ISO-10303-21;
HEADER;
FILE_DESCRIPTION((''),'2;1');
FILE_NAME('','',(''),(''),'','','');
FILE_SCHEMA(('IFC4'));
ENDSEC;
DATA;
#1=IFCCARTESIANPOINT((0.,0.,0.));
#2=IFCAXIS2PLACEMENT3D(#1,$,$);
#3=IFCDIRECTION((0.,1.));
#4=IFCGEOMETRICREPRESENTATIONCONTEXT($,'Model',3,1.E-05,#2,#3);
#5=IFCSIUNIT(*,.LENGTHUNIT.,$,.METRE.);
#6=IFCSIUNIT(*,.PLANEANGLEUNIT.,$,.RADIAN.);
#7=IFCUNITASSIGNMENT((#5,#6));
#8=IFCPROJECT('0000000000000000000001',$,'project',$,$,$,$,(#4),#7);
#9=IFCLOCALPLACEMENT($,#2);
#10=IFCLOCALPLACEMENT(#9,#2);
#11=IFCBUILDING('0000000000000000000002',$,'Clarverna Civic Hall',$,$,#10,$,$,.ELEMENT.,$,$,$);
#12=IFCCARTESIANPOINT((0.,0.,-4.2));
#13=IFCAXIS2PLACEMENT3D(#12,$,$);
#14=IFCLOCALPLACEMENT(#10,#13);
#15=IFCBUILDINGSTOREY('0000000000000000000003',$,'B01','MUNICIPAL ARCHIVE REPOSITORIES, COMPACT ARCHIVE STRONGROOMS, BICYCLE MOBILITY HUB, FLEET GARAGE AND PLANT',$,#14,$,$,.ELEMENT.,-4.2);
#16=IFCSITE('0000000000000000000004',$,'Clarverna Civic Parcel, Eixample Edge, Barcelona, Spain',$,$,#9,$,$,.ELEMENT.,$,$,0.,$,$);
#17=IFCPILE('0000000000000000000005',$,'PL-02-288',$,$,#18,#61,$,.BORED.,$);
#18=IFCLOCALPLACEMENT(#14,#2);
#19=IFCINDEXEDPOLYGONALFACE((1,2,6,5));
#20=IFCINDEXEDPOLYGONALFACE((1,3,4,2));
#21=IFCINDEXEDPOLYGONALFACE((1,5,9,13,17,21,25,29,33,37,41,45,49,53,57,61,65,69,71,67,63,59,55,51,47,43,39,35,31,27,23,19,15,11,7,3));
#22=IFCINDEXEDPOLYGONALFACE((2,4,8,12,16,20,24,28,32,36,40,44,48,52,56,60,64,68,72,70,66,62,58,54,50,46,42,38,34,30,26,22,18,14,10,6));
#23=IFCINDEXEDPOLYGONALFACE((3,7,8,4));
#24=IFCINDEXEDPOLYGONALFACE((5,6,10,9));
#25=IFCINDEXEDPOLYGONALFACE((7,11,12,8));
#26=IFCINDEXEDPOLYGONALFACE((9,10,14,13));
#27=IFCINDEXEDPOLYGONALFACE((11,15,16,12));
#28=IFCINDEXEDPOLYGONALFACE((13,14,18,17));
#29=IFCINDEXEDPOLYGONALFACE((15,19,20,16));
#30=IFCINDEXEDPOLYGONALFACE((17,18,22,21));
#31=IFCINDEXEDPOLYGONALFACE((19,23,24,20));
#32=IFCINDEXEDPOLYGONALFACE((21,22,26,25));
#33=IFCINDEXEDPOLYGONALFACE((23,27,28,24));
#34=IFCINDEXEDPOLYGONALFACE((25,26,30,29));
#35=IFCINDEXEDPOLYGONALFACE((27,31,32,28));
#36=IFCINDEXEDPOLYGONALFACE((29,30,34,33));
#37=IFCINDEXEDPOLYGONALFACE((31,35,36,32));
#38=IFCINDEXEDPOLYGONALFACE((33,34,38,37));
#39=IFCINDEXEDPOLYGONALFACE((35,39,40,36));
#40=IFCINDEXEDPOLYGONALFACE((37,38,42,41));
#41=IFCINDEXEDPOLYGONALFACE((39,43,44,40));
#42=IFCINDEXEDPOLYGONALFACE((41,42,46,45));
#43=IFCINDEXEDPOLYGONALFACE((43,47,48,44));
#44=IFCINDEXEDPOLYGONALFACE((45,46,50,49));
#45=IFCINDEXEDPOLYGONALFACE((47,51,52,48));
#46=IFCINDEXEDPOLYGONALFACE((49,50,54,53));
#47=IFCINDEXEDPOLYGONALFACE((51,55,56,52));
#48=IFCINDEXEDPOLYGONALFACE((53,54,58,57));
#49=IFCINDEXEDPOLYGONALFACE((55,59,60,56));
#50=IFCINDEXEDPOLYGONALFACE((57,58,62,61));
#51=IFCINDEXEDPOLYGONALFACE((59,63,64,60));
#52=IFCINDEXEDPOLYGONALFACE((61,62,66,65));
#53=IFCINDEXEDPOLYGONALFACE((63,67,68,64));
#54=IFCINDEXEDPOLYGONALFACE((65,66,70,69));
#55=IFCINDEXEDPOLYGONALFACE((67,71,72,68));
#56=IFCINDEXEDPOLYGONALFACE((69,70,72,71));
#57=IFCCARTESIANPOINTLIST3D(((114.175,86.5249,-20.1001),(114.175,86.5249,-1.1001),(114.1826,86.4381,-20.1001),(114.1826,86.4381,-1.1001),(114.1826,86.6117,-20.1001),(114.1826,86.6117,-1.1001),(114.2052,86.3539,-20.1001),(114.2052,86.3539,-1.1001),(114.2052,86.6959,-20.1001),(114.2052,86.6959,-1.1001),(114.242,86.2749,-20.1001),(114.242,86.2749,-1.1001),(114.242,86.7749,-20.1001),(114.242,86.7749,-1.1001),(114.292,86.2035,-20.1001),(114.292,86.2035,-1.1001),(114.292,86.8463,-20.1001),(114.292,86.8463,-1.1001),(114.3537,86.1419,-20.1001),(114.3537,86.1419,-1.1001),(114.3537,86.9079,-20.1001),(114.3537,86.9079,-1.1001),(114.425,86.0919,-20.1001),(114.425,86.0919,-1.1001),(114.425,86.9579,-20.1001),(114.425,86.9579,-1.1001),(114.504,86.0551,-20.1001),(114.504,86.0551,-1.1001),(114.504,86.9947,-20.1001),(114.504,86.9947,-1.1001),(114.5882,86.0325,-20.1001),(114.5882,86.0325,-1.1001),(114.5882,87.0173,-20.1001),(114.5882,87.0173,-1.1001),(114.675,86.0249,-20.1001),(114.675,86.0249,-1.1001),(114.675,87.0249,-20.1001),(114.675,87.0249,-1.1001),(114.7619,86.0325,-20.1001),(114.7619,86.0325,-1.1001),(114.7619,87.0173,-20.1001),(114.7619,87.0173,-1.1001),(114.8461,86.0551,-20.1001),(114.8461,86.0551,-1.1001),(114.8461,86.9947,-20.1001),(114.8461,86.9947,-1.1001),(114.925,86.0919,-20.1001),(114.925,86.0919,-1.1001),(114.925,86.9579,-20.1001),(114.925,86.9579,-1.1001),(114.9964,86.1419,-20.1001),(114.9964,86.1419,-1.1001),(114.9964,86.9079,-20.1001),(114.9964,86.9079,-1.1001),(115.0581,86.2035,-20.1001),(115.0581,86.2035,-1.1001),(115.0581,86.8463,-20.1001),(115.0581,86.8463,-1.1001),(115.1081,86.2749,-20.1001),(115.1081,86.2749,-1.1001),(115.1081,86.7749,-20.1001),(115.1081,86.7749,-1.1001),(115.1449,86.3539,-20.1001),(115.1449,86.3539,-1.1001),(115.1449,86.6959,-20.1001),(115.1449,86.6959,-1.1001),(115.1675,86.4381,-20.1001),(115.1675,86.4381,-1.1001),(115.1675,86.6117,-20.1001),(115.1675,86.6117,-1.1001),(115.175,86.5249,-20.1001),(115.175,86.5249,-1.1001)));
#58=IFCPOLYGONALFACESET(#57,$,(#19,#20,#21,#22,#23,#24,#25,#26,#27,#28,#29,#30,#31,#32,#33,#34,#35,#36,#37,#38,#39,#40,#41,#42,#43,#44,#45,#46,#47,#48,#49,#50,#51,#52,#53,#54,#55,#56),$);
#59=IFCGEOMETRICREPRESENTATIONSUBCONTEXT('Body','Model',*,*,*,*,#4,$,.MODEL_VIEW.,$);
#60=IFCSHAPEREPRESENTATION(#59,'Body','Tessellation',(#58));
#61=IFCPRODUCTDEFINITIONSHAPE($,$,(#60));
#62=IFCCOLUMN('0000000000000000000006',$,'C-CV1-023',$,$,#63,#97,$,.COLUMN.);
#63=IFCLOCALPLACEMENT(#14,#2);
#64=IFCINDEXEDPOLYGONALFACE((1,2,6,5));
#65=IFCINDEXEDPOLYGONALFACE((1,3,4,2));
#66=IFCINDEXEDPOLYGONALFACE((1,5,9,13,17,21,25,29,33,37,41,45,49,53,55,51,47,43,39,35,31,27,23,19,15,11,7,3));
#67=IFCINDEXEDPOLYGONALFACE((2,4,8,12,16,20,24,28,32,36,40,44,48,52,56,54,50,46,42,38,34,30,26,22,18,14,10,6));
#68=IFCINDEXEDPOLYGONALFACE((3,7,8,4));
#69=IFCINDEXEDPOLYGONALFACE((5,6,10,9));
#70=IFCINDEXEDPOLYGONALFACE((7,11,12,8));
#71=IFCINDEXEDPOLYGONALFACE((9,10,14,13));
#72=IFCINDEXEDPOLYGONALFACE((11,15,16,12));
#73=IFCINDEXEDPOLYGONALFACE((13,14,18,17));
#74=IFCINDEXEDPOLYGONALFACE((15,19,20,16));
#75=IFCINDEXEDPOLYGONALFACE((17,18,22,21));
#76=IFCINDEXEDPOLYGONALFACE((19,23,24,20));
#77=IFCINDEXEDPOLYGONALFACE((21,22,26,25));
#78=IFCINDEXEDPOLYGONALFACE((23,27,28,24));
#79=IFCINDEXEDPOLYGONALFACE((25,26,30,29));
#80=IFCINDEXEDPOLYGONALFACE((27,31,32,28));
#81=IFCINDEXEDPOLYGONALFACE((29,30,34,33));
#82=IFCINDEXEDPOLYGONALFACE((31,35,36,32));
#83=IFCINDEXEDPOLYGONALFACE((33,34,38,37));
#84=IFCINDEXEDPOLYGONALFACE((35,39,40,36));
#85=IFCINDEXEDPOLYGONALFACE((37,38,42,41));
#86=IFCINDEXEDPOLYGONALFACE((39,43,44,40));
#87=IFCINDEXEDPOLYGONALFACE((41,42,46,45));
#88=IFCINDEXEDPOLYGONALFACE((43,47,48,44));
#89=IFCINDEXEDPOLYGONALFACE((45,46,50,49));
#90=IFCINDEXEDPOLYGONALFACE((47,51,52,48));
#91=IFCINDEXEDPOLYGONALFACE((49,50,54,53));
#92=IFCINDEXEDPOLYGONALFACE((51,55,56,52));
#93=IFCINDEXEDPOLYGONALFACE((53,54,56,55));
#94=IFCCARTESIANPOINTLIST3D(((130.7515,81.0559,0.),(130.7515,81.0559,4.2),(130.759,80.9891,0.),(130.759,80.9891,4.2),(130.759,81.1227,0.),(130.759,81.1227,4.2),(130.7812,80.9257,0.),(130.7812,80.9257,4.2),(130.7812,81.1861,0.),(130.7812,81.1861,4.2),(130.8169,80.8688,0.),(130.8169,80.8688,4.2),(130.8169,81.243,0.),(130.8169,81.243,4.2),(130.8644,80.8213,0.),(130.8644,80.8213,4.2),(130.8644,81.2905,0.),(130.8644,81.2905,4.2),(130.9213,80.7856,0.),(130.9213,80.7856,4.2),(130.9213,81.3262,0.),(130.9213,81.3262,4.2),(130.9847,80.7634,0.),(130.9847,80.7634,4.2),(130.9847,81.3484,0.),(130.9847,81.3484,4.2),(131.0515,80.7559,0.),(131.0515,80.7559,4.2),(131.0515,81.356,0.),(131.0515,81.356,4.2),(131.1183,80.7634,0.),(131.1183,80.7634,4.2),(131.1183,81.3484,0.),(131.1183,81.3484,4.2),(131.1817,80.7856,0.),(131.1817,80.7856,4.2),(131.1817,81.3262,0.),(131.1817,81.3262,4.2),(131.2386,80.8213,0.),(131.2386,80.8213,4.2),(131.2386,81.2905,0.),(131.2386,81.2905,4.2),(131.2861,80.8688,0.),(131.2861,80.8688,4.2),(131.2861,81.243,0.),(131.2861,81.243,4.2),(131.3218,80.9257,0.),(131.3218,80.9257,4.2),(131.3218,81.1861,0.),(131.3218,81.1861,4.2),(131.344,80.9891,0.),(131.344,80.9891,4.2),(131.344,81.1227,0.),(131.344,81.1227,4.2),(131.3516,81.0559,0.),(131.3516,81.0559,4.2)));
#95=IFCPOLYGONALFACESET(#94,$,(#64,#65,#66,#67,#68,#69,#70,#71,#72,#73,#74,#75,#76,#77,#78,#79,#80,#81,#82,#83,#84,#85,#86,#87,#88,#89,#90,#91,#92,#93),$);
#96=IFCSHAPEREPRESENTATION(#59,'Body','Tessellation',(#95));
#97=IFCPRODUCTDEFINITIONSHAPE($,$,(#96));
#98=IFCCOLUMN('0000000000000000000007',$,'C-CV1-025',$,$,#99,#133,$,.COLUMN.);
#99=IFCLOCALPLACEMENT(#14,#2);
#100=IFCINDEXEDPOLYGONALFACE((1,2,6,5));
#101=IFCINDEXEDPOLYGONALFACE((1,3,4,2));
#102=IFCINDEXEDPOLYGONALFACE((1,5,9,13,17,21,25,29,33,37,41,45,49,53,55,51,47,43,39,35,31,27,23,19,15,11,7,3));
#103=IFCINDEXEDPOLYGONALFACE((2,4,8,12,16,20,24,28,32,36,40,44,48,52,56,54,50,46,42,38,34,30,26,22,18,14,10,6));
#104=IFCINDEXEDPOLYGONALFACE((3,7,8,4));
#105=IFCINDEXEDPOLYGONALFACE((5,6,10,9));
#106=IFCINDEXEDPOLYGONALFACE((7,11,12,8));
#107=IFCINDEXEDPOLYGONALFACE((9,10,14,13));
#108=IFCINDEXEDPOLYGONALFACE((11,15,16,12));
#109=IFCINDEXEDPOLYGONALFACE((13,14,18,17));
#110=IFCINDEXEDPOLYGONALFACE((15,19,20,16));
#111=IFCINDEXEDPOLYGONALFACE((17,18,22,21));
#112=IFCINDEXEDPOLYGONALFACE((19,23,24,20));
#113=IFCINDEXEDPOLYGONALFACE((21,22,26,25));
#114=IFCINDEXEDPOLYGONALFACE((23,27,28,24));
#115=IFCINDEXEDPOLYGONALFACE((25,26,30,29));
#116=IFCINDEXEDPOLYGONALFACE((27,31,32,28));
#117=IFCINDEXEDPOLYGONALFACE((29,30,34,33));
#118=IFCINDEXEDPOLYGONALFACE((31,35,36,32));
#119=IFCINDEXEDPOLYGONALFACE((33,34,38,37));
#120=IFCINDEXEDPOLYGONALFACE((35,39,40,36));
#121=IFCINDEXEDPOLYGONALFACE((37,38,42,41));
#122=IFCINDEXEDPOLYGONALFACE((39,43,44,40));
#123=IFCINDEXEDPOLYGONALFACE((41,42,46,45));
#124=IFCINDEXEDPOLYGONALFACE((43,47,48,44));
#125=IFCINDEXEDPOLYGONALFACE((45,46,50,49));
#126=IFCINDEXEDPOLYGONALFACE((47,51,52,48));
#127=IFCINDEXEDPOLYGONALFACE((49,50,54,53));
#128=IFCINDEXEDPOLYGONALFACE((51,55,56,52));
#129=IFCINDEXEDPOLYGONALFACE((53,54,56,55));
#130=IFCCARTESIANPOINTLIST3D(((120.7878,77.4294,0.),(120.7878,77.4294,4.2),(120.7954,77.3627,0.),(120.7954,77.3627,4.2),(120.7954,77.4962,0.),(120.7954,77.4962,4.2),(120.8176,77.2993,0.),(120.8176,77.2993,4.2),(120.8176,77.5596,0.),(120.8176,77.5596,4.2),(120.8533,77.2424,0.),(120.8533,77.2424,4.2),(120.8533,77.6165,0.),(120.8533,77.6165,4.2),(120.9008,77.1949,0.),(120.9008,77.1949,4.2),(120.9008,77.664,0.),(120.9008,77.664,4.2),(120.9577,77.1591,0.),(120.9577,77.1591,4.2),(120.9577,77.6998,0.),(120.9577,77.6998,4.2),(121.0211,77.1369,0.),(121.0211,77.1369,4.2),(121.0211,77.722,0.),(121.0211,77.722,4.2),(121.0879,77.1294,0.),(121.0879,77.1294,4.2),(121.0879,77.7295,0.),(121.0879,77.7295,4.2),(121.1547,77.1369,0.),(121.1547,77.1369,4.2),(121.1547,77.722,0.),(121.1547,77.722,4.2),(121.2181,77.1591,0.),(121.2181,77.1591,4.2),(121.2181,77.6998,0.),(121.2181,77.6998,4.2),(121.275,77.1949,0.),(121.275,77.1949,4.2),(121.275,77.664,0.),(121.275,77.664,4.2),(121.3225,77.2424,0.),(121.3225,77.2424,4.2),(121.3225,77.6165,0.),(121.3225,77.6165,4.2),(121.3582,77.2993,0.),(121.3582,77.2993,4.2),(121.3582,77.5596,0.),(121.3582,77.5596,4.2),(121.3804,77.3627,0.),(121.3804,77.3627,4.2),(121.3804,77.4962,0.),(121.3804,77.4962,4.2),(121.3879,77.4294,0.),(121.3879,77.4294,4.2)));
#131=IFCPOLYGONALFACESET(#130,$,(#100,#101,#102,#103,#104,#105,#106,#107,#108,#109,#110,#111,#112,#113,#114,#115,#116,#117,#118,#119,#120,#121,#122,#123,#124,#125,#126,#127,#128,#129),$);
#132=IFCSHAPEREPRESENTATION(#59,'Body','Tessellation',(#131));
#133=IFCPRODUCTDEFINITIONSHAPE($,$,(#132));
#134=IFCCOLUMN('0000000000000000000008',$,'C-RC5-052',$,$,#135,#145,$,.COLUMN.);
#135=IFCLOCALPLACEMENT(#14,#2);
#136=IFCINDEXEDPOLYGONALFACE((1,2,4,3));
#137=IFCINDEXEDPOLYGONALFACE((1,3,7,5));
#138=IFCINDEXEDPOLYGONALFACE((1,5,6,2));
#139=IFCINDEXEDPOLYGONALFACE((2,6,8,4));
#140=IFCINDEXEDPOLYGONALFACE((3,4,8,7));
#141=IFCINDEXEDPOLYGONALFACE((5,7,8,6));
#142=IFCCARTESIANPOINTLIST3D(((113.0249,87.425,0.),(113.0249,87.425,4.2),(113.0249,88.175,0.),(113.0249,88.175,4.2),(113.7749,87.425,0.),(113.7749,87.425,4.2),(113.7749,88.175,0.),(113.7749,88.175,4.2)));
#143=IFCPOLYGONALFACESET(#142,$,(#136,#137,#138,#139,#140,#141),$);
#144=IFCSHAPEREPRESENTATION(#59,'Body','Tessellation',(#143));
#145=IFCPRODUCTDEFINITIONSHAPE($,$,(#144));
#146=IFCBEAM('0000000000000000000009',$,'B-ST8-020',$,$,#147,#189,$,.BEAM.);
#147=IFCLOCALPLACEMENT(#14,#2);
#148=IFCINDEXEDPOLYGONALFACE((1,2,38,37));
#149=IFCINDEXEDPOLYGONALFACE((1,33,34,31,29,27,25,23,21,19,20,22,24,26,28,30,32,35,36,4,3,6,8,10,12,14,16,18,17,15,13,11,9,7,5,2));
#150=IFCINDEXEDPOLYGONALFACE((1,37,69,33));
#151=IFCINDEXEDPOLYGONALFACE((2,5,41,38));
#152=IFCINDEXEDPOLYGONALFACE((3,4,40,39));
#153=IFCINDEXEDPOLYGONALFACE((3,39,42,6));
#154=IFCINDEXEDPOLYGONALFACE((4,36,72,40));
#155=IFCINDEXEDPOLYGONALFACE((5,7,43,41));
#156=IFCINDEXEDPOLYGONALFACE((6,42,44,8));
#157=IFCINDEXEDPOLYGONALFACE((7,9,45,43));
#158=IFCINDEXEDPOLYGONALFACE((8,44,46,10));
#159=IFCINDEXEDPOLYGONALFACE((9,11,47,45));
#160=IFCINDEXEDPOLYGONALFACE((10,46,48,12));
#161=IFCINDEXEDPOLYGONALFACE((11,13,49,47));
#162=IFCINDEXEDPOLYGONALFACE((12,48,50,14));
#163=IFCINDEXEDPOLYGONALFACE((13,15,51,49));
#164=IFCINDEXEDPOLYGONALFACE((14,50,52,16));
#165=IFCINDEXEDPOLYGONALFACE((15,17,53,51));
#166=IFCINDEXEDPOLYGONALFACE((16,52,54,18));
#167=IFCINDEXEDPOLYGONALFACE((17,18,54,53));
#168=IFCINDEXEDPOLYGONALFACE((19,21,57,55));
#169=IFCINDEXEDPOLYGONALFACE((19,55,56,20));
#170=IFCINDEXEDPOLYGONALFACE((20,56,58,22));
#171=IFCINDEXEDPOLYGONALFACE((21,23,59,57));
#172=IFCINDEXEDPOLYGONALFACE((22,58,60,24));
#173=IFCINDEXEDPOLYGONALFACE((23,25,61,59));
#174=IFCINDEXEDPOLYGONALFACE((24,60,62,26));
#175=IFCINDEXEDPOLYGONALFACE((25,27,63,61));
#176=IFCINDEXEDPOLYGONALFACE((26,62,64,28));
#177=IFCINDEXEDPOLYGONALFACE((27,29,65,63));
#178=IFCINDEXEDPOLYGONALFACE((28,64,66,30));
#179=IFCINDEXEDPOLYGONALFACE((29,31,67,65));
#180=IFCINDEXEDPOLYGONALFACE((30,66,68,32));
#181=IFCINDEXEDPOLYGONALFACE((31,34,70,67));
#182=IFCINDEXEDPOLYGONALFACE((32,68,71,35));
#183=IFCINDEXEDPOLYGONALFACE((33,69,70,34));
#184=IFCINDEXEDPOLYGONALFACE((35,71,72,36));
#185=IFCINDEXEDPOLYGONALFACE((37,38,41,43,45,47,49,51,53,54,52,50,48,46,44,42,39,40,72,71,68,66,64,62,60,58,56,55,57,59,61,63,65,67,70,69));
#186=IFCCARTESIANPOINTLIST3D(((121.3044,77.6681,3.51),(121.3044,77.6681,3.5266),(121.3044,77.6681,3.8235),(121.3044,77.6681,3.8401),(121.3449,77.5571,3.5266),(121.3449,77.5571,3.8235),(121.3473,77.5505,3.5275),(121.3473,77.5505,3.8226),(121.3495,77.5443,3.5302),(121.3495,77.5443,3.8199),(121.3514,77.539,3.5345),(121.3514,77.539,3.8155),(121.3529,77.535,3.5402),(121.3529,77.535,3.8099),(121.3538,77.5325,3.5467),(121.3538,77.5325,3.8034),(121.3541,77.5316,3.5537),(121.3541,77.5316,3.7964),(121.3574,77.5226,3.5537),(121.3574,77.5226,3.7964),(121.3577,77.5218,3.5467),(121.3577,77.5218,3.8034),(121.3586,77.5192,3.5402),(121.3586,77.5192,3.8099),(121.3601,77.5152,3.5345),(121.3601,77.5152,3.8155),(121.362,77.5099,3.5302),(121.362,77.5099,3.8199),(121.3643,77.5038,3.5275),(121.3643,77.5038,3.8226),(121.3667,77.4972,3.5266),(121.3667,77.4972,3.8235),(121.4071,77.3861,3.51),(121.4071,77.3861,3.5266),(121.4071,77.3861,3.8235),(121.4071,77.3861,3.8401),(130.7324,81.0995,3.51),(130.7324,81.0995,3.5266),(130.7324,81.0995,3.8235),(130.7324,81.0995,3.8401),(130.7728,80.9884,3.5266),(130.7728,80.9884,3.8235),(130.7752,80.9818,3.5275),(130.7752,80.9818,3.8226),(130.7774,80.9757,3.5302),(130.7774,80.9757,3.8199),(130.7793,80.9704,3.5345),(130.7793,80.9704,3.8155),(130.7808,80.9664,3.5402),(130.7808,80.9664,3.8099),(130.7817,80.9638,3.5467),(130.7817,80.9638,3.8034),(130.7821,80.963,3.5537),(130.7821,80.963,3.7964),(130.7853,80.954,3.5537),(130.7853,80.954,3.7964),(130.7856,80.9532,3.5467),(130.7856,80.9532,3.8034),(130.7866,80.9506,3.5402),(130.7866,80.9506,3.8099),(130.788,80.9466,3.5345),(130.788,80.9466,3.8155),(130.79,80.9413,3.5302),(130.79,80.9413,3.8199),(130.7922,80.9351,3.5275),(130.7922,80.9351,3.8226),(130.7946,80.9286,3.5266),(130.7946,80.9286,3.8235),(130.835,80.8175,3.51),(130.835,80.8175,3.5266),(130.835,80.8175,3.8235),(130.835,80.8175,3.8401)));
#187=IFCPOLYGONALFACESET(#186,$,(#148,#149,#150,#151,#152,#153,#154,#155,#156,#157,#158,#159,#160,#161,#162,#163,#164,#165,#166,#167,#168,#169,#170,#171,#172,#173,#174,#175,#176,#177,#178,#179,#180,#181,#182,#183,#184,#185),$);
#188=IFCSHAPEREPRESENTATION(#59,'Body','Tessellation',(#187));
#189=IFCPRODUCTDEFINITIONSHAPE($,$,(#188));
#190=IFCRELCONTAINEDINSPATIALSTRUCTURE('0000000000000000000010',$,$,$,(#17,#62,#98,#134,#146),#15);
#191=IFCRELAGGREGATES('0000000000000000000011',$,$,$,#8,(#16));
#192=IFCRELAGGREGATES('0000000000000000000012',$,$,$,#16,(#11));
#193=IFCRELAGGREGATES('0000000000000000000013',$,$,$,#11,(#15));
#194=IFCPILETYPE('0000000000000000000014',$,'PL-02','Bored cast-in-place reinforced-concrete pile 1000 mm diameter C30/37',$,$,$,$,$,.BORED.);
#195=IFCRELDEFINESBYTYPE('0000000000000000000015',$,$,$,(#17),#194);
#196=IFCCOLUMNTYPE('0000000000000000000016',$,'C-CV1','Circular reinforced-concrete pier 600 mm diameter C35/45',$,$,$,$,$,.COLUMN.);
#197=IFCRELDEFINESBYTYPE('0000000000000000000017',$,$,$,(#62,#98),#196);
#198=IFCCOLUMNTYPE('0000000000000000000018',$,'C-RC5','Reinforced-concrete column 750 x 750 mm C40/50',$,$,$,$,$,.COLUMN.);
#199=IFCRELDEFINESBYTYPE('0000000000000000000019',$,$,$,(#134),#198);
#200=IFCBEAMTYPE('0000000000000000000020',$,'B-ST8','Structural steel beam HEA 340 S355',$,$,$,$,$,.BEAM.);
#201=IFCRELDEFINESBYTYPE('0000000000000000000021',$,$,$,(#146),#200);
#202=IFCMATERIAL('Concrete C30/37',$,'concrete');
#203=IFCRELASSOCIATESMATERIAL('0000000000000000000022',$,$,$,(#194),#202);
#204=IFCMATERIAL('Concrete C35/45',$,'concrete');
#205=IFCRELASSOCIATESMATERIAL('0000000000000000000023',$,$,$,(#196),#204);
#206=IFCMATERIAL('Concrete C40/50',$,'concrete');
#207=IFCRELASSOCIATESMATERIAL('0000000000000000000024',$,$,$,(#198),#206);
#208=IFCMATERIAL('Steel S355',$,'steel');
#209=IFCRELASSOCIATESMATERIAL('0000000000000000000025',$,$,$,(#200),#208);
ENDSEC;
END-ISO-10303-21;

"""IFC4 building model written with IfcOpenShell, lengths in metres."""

from ifc_helpers import new_model, si_unit, direction, frame, origin, origin_2d, place, context, subcontext, project, spatial, rectangle, circle, i_section, extrude, material, material_profile, profile_set, type_object, element, save


model = new_model("IFC4")

# Units and contexts
model_context = context("Model", 3, precision=1e-05, world=origin(), true_north=direction((0.0, 1.0)))
body_context = subcontext(model_context, "Body", "Model", "MODEL_VIEW")
ifc_project = project(units=[si_unit("LENGTHUNIT", "METRE"), si_unit("PLANEANGLEUNIT", "RADIAN")], contexts=[model_context])

# Site, building, storey
site_placement = place(None, origin())
site = spatial("IfcSite", under=ifc_project, at=site_placement, Name="Clarverna Civic Parcel, Eixample Edge, Barcelona, Spain", CompositionType="ELEMENT", RefElevation=0.0)
building_placement = place(site_placement, origin())
building = spatial("IfcBuilding", under=site, at=building_placement, Name="Clarverna Civic Hall", CompositionType="ELEMENT")
storey_placement = place(building_placement, frame((0.0, 0.0, -4.2)))
storey = spatial("IfcBuildingStorey", under=building, at=storey_placement, Name="B01", Description="MUNICIPAL ARCHIVE REPOSITORIES, COMPACT ARCHIVE STRONGROOMS, BICYCLE MOBILITY HUB, FLEET GARAGE AND PLANT", CompositionType="ELEMENT", Elevation=-4.2)

# Shared definitions
ifc_material_1 = material(Name="Concrete C30/37", Category="concrete")

# Pile
ifc_material_profile_1 = material_profile(ifc_material_1, circle(Radius=0.5, at=origin_2d()), Name="BORED PILE D1000")
ifc_profile_set_1 = profile_set([ifc_material_profile_1], Name="Concrete C30/37")
pile_type_1 = type_object("IfcPileType", Name="PL-02", Description="Bored cast-in-place reinforced-concrete pile 1000 mm diameter C30/37", PredefinedType="BORED", material=ifc_profile_set_1)
for number, where, z_axis, x_axis, name in (
    (1, (114.675, 86.5249, -1.1001), (0.0, 0.0, -1.0), (1.0, 0.0, 0.0), "PL-02-288"),
):
    element("IfcPile", number, at=place(storey_placement, frame(where, z_axis=z_axis, x_axis=x_axis)), inside=storey, type_object=pile_type_1, Name=name, PredefinedType="BORED", context=body_context, shape_type="SweptSolid", body=[
        extrude(circle(Radius=0.5, at=origin_2d()), origin(), (0.0, 0.0, 1.0), 19.0),
    ])

# Columns
ifc_material_2 = material(Name="Concrete C35/45", Category="concrete")
ifc_material_profile_2 = material_profile(ifc_material_2, circle(Radius=0.3, at=origin_2d()), Name="RC D600")
ifc_profile_set_2 = profile_set([ifc_material_profile_2], Name="Concrete C35/45")
column_type_1 = type_object("IfcColumnType", Name="C-CV1", Description="Circular reinforced-concrete pier 600 mm diameter C35/45", PredefinedType="COLUMN", material=ifc_profile_set_2)
for number, where, z_axis, x_axis, name in (
    (2, (131.0515, 81.0559, 0.0), (0.0, 0.0, 1.0), (1.0, 0.0, 0.0), "C-CV1-023"),
    (3, (121.0879, 77.4294, 0.0), (0.0, 0.0, 1.0), (1.0, 0.0, 0.0), "C-CV1-025"),
):
    element("IfcColumn", number, at=place(storey_placement, frame(where, z_axis=z_axis, x_axis=x_axis)), inside=storey, type_object=column_type_1, Name=name, PredefinedType="COLUMN", context=body_context, shape_type="SweptSolid", body=[
        extrude(circle(Radius=0.3, at=origin_2d()), origin(), (0.0, 0.0, 1.0), 4.2),
    ])
ifc_material_3 = material(Name="Concrete C40/50", Category="concrete")
ifc_material_profile_3 = material_profile(ifc_material_3, rectangle(XDim=0.75, YDim=0.75, at=origin_2d()), Name="RC 750x750")
ifc_profile_set_3 = profile_set([ifc_material_profile_3], Name="Concrete C40/50")
column_type_2 = type_object("IfcColumnType", Name="C-RC5", Description="Reinforced-concrete column 750 x 750 mm C40/50", PredefinedType="COLUMN", material=ifc_profile_set_3)
column_placement = place(storey_placement, frame((113.3999, 87.8, 0.0), z_axis=(0.0, 0.0, 1.0), x_axis=(1.0, 0.0, 0.0)))
element("IfcColumn", 4, at=column_placement, inside=storey, type_object=column_type_2, Name="C-RC5-052", PredefinedType="COLUMN", context=body_context, shape_type="SweptSolid", body=[
    extrude(rectangle(XDim=0.75, YDim=0.75, at=origin_2d()), origin(), (0.0, 0.0, 1.0), 4.2),
])

# Beam
ifc_material_4 = material(Name="Steel S355", Category="steel")
ifc_material_profile_4 = material_profile(ifc_material_4, i_section(OverallWidth=0.3, OverallDepth=0.3301, WebThickness=0.0095, FlangeThickness=0.0166, FilletRadius=0.0271, at=origin_2d()), Name="HEA 340")
ifc_profile_set_4 = profile_set([ifc_material_profile_4], Name="Steel S355")
beam_type = type_object("IfcBeamType", Name="B-ST8", Description="Structural steel beam HEA 340 S355", PredefinedType="BEAM", material=ifc_profile_set_4)
for number, where, z_axis, x_axis, name in (
    (5, (130.7837, 80.9585, 3.675), (-0.939696, -0.342011, 0.0), (0.342011, -0.939696, 0.0), "B-ST8-020"),
):
    element("IfcBeam", number, at=place(storey_placement, frame(where, z_axis=z_axis, x_axis=x_axis)), inside=storey, type_object=beam_type, Name=name, PredefinedType="BEAM", context=body_context, shape_type="SweptSolid", body=[
        extrude(i_section(OverallWidth=0.3, OverallDepth=0.3301, WebThickness=0.0095, FlangeThickness=0.0166, FilletRadius=0.0271, at=origin_2d()), origin(), (0.0, 0.0, 1.0), 10.033),
    ])

save(model, "model.ifc")
